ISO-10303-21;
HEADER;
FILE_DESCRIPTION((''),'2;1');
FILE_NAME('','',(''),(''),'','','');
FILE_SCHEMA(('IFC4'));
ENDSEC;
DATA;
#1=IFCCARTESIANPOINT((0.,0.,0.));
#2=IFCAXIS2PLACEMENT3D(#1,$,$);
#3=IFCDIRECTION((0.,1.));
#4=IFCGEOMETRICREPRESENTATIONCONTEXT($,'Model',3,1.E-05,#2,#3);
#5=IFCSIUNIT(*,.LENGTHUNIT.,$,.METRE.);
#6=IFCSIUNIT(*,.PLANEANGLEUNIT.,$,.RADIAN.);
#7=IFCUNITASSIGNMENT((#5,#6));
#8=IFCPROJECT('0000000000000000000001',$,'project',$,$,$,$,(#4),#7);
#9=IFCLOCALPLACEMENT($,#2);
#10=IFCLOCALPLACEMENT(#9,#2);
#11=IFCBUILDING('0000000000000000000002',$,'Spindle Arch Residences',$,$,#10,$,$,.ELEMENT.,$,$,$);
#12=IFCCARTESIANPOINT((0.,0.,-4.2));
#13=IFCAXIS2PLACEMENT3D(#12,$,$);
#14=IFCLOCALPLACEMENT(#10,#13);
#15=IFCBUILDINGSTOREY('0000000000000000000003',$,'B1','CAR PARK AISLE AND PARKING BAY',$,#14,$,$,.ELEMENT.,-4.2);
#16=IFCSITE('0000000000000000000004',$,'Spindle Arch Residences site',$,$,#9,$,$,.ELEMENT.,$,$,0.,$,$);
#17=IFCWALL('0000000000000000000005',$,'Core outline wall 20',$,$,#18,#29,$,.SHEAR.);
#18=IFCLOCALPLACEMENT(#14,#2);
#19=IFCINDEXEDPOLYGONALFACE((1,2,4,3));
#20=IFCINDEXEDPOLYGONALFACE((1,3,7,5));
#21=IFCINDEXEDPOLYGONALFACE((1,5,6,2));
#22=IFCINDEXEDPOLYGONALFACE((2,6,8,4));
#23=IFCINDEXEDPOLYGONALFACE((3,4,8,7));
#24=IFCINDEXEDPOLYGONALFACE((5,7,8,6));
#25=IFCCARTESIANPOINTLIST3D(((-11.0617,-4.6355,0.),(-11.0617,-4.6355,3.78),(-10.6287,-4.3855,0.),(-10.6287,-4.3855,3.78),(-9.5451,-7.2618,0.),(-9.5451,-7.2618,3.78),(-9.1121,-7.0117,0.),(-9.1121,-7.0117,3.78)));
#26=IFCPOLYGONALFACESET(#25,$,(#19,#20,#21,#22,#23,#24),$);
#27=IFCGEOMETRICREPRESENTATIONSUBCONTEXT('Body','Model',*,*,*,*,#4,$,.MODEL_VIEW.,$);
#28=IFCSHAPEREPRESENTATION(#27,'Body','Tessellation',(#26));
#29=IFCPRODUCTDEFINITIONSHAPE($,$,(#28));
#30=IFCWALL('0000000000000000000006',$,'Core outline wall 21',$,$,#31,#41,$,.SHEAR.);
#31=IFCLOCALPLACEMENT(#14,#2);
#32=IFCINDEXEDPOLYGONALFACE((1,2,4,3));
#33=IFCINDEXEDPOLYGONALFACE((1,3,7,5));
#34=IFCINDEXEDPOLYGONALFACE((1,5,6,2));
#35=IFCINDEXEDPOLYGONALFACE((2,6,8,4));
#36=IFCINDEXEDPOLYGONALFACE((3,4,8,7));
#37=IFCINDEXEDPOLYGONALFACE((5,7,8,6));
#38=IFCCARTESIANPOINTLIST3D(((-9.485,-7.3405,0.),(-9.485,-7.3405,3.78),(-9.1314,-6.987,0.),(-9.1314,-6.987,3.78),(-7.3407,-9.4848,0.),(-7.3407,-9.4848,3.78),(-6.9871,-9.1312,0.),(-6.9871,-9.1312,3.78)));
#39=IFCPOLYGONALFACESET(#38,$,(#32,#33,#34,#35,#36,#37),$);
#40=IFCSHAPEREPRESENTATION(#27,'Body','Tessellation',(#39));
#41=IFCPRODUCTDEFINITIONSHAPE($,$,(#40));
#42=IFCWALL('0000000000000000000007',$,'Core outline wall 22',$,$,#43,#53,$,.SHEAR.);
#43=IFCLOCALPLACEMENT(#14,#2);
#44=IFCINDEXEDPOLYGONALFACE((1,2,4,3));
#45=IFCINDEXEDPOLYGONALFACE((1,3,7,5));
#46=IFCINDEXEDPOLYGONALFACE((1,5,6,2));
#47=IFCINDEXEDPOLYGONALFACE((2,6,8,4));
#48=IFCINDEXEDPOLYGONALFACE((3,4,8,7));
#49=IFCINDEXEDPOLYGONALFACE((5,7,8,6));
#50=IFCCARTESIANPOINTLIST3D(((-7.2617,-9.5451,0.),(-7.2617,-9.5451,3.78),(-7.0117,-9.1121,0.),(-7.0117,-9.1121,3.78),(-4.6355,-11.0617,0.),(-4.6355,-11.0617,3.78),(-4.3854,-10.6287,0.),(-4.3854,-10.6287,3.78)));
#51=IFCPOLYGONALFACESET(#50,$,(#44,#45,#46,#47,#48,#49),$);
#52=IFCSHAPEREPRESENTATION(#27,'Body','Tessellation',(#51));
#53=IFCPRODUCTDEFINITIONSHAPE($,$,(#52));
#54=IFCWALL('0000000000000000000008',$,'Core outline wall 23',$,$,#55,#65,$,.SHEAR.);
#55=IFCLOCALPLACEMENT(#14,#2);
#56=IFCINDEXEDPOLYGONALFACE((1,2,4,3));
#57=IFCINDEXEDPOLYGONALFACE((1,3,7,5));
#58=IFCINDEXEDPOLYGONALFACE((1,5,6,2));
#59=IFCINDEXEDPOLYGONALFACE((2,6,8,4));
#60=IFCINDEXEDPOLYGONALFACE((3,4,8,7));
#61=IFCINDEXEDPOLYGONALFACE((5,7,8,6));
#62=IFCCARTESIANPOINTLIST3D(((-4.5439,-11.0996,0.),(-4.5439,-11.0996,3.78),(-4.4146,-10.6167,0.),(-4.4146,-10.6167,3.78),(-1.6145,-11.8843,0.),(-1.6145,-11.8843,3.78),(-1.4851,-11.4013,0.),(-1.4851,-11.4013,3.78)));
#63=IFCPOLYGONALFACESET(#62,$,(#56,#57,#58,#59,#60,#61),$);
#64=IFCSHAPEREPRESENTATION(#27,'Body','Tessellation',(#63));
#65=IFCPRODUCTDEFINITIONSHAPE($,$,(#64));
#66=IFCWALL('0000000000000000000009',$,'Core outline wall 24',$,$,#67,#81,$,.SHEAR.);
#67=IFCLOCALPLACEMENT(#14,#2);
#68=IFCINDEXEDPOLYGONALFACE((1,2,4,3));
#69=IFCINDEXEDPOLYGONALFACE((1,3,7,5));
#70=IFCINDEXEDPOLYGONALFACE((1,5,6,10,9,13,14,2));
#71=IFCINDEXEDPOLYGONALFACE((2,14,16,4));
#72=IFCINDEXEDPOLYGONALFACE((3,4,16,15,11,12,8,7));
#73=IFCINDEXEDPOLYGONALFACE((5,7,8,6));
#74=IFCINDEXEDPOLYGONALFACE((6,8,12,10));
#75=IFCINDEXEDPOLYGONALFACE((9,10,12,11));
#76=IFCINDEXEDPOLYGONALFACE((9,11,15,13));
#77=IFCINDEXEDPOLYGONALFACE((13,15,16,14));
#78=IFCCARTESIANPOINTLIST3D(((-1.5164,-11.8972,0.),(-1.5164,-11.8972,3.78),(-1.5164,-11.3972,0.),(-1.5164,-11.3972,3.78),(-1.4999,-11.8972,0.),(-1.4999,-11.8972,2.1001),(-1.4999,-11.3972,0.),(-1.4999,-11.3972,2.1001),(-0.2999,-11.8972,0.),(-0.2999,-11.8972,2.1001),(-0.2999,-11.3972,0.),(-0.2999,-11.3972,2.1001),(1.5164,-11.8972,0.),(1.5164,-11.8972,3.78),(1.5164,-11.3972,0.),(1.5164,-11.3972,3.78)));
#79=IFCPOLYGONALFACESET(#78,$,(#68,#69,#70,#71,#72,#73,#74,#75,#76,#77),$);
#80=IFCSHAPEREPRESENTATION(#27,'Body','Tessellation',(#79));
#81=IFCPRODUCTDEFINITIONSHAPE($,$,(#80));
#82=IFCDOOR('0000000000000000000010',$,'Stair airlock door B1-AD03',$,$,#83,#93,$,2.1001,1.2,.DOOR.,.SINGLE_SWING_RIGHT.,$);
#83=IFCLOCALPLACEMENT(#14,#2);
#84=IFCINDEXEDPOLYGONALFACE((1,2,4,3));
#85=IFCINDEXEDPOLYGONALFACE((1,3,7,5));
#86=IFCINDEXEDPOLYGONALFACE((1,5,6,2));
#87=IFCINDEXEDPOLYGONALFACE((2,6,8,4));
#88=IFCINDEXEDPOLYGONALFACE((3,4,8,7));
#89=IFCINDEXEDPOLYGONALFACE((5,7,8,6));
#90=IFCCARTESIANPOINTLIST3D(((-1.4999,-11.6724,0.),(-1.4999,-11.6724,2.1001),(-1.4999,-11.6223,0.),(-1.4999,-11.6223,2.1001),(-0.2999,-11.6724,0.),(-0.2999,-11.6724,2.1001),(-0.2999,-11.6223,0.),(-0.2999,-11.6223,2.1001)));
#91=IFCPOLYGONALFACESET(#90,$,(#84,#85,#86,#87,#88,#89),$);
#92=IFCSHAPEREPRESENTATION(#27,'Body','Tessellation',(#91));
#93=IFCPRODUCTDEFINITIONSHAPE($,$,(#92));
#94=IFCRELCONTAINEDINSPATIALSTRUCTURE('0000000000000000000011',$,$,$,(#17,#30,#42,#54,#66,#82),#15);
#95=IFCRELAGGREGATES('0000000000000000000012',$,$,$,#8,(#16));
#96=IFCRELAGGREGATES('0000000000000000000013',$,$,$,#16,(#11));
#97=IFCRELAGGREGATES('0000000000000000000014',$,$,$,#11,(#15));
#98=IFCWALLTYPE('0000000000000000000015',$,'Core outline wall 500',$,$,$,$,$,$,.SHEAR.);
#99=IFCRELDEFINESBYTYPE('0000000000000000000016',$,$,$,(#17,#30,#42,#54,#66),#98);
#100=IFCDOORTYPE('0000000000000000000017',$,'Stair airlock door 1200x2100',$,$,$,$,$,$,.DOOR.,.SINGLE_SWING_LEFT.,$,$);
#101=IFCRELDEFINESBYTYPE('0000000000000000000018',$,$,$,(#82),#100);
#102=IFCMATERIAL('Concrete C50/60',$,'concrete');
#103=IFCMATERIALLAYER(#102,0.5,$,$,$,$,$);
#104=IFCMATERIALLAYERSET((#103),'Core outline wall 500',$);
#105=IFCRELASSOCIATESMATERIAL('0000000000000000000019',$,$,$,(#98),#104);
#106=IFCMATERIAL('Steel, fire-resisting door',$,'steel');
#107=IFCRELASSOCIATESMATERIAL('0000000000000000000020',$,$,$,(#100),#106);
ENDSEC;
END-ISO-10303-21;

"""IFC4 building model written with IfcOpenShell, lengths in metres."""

from ifc_helpers import new_model, si_unit, direction, frame, frame_2d, origin, place, context, subcontext, project, spatial, rectangle, extrude, material, layer, layer_set, type_object, element, fill, save


model = new_model("IFC4")

# Units and contexts
model_context = context("Model", 3, precision=1e-05, world=origin(), true_north=direction((0.0, 1.0)))
body_context = subcontext(model_context, "Body", "Model", "MODEL_VIEW")
ifc_project = project(units=[si_unit("LENGTHUNIT", "METRE"), si_unit("PLANEANGLEUNIT", "RADIAN")], contexts=[model_context])

# Site, building, storey
site_placement = place(None, origin())
site = spatial("IfcSite", under=ifc_project, at=site_placement, Name="Spindle Arch Residences site", CompositionType="ELEMENT", RefElevation=0.0)
building_placement = place(site_placement, origin())
building = spatial("IfcBuilding", under=site, at=building_placement, Name="Spindle Arch Residences", CompositionType="ELEMENT")
storey_placement = place(building_placement, frame((0.0, 0.0, -4.2)))
storey = spatial("IfcBuildingStorey", under=building, at=storey_placement, Name="B1", Description="CAR PARK AISLE AND PARKING BAY", CompositionType="ELEMENT", Elevation=-4.2)

# Walls
ifc_material_1 = material(Name="Concrete C50/60", Category="concrete")
ifc_layer_1 = layer(ifc_material_1, 0.5)
ifc_layer_set_1 = layer_set([ifc_layer_1], Name="Core outline wall 500")
wall_type_1 = type_object("IfcWallType", Name="Core outline wall 500", PredefinedType="SHEAR", material=ifc_layer_set_1)
wall_1_placement = place(storey_placement, frame((-10.8452, -4.5105, 0.0), z_axis=(0.0, 0.0, 1.0), x_axis=(0.500087, -0.865975, 0.0)))
element("IfcWall", 1, at=wall_1_placement, inside=storey, type_object=wall_type_1, Name="Core outline wall 20", PredefinedType="SHEAR", context=body_context, shape_type="SweptSolid", body=[
    extrude(rectangle(XDim=3.0327, YDim=0.5, at=frame_2d((1.5164, 0.0))), origin(), (0.0, 0.0, 1.0), 3.78),
])
wall_2_placement = place(storey_placement, frame((-9.3081, -7.1638, 0.0), z_axis=(0.0, 0.0, 1.0), x_axis=(0.707107, -0.707107, 0.0)))
element("IfcWall", 2, at=wall_2_placement, inside=storey, type_object=wall_type_1, Name="Core outline wall 21", PredefinedType="SHEAR", context=body_context, shape_type="SweptSolid", body=[
    extrude(rectangle(XDim=3.0325, YDim=0.5, at=frame_2d((1.5161, 0.0))), origin(), (0.0, 0.0, 1.0), 3.78),
])
for number, where, z_axis, x_axis, name in (
    (3, (-7.1367, -9.3286, 0.0), (0.0, 0.0, 1.0), (0.865975, -0.500087, 0.0), "Core outline wall 22"),
    (4, (-4.4792, -10.8582, 0.0), (0.0, 0.0, 1.0), (0.965948, -0.258735, 0.0), "Core outline wall 23"),
):
    element("IfcWall", number, at=place(storey_placement, frame(where, z_axis=z_axis, x_axis=x_axis)), inside=storey, type_object=wall_type_1, Name=name, PredefinedType="SHEAR", context=body_context, shape_type="SweptSolid", body=[
        extrude(rectangle(XDim=3.0327, YDim=0.5, at=frame_2d((1.5164, 0.0))), origin(), (0.0, 0.0, 1.0), 3.78),
    ])

# Wall, opening, door
wall_3_placement = place(storey_placement, frame((-1.5164, -11.6472, 0.0), z_axis=(0.0, 0.0, 1.0), x_axis=(1.0, 0.0, 0.0)))
wall_3 = element("IfcWall", 5, at=wall_3_placement, inside=storey, type_object=wall_type_1, Name="Core outline wall 24", PredefinedType="SHEAR", context=body_context, shape_type="SweptSolid", body=[
    extrude(rectangle(XDim=3.0327, YDim=0.5, at=frame_2d((1.5164, 0.0))), origin(), (0.0, 0.0, 1.0), 3.78),
])
opening_1_placement = place(wall_3_placement, frame((0.0164, 0.0, 0.0)))
opening_1 = element("IfcOpeningElement", 6, at=opening_1_placement, cuts=wall_3, PredefinedType="OPENING", context=body_context, shape_type="SweptSolid", body=[
    extrude(rectangle(XDim=1.2, YDim=2.1001, at=frame_2d((0.6001, 1.05))), frame((0.0, 0.26, 0.0), z_axis=(0.0, -1.0, 0.0), x_axis=(1.0, 0.0, 0.0)), (0.0, 0.0, 1.0), 0.52),
])
ifc_material_2 = material(Name="Steel, fire-resisting door", Category="steel")
door_type_1 = type_object("IfcDoorType", Name="Stair airlock door 1200x2100", OperationType="SINGLE_SWING_LEFT", PredefinedType="DOOR", material=ifc_material_2)
door_1_placement = place(opening_1_placement, origin())
door_1 = element("IfcDoor", 7, at=door_1_placement, inside=storey, type_object=door_type_1, Name="Stair airlock door B1-AD03", OperationType="SINGLE_SWING_RIGHT", OverallHeight=2.1001, OverallWidth=1.2, PredefinedType="DOOR", context=body_context, shape_type="SweptSolid", body=[
    extrude(rectangle(XDim=1.2, YDim=2.1001, at=frame_2d((0.6001, 1.05))), frame((0.0, 0.0249, 0.0), z_axis=(0.0, -1.0, 0.0), x_axis=(1.0, 0.0, 0.0)), (0.0, 0.0, 1.0), 0.05),
])
fill(opening_1, door_1)

save(model, "model.ifc")
